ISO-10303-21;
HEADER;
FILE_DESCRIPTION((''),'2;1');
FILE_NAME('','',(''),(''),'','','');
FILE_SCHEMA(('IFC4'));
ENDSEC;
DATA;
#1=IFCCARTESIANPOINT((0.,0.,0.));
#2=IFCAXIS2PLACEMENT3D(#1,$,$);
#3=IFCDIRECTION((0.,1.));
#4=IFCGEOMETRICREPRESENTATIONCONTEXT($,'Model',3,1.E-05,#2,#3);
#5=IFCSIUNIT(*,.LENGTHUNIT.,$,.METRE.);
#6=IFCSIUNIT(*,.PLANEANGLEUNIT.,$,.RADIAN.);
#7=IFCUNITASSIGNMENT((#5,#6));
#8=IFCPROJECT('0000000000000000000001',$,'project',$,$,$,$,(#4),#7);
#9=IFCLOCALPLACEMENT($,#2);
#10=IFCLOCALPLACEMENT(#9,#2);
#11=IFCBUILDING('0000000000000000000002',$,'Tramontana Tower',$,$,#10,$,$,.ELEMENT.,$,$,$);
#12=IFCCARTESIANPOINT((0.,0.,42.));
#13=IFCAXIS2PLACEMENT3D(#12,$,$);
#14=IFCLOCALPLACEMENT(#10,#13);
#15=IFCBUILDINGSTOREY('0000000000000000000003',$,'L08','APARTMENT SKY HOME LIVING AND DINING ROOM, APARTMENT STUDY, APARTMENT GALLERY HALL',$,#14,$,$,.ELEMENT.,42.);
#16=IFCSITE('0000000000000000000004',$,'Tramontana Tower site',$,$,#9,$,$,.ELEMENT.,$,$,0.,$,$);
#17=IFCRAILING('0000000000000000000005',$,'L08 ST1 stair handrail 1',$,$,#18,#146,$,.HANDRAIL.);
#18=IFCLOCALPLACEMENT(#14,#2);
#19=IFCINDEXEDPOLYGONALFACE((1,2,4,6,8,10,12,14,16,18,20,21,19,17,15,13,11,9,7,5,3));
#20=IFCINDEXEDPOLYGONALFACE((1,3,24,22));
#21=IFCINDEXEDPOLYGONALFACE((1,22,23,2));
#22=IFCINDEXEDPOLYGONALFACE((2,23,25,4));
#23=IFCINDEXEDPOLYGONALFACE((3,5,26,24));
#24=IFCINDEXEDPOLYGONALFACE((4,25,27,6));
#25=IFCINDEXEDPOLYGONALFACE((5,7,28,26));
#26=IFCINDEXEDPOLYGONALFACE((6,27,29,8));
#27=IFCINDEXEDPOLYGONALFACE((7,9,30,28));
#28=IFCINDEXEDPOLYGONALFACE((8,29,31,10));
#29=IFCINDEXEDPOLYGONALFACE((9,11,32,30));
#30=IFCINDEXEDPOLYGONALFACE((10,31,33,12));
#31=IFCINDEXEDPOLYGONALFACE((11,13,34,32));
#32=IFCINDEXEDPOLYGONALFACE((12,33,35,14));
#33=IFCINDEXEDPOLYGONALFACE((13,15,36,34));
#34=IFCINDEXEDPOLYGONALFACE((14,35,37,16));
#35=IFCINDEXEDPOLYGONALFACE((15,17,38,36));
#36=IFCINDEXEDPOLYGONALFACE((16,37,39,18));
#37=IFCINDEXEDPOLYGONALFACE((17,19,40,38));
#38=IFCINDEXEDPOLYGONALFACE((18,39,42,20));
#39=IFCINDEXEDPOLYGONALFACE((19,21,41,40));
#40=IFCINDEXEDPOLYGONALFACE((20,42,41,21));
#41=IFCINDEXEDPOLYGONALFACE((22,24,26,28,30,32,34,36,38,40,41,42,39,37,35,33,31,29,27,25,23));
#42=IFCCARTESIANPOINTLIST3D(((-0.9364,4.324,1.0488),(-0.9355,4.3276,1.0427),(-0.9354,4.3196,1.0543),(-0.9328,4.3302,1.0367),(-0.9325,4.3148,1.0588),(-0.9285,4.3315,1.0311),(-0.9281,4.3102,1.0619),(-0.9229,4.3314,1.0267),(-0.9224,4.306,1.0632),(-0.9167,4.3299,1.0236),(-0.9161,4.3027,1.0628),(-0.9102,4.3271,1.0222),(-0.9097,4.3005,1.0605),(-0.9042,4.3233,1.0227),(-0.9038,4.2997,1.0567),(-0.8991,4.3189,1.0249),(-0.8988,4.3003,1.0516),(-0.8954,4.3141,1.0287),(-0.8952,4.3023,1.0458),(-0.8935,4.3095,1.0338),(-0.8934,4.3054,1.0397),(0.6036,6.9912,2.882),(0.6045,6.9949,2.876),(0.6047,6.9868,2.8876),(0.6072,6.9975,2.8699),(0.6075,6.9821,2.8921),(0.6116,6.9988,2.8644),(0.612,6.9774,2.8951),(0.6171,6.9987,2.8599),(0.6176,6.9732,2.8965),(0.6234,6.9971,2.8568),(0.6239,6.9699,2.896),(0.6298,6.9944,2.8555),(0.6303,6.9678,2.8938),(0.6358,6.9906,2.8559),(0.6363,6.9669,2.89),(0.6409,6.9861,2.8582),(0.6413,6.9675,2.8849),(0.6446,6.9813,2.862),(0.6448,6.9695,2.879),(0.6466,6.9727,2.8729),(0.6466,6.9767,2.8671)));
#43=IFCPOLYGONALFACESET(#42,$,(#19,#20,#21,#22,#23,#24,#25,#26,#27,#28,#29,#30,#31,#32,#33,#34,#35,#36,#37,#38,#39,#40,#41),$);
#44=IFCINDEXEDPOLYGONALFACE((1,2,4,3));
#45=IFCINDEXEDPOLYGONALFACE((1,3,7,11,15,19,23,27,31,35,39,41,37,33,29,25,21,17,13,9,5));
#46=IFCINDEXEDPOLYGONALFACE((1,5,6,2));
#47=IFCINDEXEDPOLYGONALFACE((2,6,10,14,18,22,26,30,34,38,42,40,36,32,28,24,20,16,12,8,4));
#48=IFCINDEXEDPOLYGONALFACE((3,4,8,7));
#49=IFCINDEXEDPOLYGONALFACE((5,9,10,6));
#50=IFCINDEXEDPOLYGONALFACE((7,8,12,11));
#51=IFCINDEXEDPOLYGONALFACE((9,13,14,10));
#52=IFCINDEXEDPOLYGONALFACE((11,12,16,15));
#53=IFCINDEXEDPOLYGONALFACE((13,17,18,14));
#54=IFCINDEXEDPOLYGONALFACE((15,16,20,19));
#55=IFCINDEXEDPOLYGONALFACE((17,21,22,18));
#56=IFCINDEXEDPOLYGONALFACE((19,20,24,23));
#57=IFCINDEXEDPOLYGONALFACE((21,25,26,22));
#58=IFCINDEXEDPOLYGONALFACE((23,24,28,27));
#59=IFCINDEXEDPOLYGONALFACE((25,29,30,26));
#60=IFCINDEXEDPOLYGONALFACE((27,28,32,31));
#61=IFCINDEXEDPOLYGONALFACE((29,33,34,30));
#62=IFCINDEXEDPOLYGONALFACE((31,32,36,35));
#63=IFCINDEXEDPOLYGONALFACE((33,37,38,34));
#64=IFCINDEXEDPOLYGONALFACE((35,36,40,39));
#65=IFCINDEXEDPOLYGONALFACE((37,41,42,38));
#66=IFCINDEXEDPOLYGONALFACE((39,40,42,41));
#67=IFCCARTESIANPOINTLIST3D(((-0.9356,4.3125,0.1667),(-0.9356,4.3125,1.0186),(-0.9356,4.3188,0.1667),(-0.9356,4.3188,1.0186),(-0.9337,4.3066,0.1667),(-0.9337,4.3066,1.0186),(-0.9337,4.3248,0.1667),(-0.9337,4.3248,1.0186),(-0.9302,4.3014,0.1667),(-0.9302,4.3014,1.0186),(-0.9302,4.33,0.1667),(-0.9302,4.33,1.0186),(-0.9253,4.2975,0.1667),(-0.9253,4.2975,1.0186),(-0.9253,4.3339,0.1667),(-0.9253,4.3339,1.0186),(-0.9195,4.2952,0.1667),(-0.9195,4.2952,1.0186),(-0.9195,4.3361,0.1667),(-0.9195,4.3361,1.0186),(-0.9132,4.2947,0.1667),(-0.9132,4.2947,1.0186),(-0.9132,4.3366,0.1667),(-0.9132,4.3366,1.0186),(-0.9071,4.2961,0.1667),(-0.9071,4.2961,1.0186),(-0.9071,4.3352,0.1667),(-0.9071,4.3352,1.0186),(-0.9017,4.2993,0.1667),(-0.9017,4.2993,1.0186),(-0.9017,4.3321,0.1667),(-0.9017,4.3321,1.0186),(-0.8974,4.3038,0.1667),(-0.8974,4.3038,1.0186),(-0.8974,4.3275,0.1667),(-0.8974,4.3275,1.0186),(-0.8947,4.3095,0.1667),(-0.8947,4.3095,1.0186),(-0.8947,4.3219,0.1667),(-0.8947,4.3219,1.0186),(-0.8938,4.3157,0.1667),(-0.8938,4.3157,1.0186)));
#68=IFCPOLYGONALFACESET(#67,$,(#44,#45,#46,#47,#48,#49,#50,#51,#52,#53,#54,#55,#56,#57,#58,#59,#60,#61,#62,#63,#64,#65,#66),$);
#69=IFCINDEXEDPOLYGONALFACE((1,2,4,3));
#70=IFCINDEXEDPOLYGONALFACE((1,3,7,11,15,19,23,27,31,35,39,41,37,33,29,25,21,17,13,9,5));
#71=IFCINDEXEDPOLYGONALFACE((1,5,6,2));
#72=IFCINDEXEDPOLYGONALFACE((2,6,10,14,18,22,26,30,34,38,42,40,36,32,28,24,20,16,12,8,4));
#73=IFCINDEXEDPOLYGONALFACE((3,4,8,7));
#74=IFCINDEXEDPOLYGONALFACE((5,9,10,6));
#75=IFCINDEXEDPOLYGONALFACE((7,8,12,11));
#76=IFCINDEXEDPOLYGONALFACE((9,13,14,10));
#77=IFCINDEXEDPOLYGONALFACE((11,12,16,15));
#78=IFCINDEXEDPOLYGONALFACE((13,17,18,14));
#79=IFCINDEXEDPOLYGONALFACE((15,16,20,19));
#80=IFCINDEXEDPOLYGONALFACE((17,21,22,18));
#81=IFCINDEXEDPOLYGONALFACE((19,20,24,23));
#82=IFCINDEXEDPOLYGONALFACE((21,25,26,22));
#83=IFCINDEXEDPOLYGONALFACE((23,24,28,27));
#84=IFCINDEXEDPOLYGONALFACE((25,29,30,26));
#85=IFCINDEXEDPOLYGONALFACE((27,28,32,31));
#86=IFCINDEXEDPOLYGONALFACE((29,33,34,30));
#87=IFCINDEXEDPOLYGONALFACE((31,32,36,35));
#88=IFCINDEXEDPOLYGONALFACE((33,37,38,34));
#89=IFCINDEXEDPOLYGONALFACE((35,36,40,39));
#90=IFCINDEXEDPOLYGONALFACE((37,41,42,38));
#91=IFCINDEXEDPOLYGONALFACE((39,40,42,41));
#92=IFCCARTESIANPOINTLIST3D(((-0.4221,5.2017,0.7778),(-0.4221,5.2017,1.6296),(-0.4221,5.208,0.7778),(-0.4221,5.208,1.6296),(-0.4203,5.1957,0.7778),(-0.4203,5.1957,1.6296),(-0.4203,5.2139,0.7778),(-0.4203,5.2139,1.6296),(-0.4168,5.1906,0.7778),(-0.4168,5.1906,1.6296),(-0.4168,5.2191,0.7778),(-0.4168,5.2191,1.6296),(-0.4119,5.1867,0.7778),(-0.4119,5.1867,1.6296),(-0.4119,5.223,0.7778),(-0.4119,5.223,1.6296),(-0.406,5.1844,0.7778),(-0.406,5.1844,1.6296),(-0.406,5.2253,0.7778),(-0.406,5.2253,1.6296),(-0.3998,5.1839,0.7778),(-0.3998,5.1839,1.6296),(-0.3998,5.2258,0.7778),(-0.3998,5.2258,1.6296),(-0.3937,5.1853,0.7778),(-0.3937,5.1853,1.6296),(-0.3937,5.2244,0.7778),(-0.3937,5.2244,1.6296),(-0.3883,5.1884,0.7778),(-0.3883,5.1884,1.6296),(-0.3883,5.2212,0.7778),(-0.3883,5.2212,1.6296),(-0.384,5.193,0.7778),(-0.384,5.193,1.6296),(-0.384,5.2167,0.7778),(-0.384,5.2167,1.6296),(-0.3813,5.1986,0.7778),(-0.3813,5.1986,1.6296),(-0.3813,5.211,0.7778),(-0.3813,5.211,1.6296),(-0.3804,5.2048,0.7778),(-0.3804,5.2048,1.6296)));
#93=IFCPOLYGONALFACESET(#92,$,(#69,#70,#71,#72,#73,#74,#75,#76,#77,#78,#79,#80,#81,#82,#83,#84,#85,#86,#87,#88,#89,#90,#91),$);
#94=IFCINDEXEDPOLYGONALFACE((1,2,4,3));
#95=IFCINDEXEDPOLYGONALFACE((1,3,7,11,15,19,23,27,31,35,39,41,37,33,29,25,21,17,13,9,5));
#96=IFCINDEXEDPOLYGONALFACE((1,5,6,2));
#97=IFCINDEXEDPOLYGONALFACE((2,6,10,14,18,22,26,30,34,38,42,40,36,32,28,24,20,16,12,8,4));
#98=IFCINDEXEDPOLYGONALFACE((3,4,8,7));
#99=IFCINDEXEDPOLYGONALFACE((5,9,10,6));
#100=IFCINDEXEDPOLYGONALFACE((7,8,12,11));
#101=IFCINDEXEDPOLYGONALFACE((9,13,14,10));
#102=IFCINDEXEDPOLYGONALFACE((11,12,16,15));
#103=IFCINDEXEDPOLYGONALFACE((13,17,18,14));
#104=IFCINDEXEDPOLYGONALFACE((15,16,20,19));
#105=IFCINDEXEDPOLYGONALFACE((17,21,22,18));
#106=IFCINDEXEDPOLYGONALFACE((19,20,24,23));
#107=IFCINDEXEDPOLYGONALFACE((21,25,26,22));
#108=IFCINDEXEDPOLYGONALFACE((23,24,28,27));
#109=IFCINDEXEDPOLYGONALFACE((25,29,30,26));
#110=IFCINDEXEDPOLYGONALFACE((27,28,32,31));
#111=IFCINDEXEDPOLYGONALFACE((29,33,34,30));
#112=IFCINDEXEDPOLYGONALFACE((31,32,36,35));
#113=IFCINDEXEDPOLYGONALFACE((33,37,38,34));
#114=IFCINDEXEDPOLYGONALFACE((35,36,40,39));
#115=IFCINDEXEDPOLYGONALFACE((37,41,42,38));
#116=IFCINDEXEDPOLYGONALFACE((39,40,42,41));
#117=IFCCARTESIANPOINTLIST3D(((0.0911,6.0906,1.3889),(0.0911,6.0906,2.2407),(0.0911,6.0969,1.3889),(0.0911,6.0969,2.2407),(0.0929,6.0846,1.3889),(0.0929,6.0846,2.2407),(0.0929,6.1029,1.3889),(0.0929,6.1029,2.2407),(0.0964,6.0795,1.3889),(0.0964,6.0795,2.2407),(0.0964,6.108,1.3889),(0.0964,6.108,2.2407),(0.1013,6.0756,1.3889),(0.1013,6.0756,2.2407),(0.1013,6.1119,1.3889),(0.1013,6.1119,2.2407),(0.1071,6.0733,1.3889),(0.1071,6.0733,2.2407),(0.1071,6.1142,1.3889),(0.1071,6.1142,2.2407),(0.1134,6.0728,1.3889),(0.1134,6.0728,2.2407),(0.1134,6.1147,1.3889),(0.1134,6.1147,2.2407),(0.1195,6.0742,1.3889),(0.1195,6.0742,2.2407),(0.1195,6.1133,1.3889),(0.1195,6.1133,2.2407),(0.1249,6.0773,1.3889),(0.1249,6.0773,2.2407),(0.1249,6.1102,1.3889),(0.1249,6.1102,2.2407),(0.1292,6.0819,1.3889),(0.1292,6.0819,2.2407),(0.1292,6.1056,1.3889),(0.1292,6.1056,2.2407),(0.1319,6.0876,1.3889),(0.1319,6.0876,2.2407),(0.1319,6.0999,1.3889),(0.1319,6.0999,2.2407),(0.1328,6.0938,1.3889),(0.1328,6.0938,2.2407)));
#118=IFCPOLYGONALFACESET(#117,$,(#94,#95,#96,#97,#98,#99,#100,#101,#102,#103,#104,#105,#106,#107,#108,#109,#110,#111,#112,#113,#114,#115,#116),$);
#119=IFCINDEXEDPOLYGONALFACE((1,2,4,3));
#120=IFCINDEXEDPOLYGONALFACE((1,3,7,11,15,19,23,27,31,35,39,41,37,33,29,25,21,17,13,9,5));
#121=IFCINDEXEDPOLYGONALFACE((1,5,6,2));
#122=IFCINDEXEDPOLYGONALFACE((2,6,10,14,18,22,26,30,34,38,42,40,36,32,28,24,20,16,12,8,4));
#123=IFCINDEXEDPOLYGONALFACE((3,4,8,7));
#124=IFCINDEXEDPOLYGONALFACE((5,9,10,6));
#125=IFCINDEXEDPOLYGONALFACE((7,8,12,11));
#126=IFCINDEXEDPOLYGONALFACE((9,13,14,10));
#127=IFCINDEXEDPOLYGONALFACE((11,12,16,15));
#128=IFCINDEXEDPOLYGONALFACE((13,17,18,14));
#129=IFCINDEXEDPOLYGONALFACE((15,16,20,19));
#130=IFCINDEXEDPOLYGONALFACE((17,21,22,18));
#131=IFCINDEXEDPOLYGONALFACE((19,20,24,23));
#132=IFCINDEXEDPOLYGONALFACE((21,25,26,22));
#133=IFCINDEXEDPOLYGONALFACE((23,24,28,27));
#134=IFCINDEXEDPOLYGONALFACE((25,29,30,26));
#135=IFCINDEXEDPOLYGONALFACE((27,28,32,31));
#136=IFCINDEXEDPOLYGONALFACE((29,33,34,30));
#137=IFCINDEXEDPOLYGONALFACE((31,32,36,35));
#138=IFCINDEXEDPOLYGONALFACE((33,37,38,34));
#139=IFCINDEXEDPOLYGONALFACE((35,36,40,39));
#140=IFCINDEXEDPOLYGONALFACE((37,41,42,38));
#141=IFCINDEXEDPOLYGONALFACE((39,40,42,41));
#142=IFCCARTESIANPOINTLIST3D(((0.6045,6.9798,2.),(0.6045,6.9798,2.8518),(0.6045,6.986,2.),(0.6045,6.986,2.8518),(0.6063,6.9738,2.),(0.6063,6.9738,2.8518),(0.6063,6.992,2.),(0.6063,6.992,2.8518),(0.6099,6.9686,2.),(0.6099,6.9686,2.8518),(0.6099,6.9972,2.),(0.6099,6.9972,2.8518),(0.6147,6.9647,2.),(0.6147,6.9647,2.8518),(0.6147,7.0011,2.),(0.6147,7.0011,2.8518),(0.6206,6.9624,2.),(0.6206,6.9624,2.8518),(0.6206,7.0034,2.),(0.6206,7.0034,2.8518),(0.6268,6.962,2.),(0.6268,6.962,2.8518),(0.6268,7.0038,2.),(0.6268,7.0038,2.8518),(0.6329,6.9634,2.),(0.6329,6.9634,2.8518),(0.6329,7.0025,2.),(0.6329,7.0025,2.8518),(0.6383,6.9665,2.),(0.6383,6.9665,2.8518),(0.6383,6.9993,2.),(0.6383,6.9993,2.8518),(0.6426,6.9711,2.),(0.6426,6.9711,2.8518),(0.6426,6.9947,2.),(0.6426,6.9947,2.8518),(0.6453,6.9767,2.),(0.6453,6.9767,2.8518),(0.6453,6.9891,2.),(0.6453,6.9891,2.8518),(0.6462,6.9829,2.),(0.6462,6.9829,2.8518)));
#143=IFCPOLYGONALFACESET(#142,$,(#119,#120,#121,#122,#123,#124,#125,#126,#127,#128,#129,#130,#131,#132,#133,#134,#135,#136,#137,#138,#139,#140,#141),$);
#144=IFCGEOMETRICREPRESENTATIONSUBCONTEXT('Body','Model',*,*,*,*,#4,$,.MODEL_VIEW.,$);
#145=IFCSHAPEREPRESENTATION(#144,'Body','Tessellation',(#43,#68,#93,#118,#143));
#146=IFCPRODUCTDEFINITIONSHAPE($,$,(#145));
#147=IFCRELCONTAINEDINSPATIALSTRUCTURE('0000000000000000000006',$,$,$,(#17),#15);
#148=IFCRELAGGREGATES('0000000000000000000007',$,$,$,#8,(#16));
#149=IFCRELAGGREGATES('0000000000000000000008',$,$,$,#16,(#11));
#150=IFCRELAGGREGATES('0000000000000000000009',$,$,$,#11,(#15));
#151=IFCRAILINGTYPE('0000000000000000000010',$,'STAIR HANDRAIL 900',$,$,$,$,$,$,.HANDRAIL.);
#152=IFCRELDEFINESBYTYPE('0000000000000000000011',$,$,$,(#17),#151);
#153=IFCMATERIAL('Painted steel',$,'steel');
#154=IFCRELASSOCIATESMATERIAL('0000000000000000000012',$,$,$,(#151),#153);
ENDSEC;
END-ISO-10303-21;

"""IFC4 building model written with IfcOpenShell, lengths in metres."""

from ifc_helpers import new_model, si_unit, direction, frame, origin, origin_2d, place, context, subcontext, project, spatial, circle, extrude, material, type_object, element, save


model = new_model("IFC4")

# Units and contexts
model_context = context("Model", 3, precision=1e-05, world=origin(), true_north=direction((0.0, 1.0)))
body_context = subcontext(model_context, "Body", "Model", "MODEL_VIEW")
ifc_project = project(units=[si_unit("LENGTHUNIT", "METRE"), si_unit("PLANEANGLEUNIT", "RADIAN")], contexts=[model_context])

# Site, building, storey
site_placement = place(None, origin())
site = spatial("IfcSite", under=ifc_project, at=site_placement, Name="Tramontana Tower site", CompositionType="ELEMENT", RefElevation=0.0)
building_placement = place(site_placement, origin())
building = spatial("IfcBuilding", under=site, at=building_placement, Name="Tramontana Tower", CompositionType="ELEMENT")
storey_placement = place(building_placement, frame((0.0, 0.0, 42.0)))
storey = spatial("IfcBuildingStorey", under=building, at=storey_placement, Name="L08", Description="APARTMENT SKY HOME LIVING AND DINING ROOM, APARTMENT STUDY, APARTMENT GALLERY HALL", CompositionType="ELEMENT", Elevation=42.0)

# Railing
ifc_material_1 = material(Name="Painted steel", Category="steel")
railing_type_1 = type_object("IfcRailingType", Name="STAIR HANDRAIL 900", PredefinedType="HANDRAIL", material=ifc_material_1)
railing_1_placement = place(storey_placement, frame((-0.9148, 4.3157, 0.1667)))
element("IfcRailing", 1, at=railing_1_placement, inside=storey, type_object=railing_type_1, Name="L08 ST1 stair handrail 1", PredefinedType="HANDRAIL", context=body_context, shape_type="SweptSolid", body=[
    extrude(circle(Radius=0.0239, at=origin_2d()), frame((0.0, 0.0, 0.876), z_axis=(0.429671, 0.744159, 0.511478), x_axis=(-0.86601, 0.500027, 0.0)), (0.0, 0.0, 1.0), 3.5842),
    extrude(circle(Radius=0.021, at=origin_2d()), origin(), (0.0, 0.0, 1.0), 0.8518),
    extrude(circle(Radius=0.021, at=origin_2d()), frame((0.5134, 0.8892, 0.6111)), (0.0, 0.0, 1.0), 0.8518),
    extrude(circle(Radius=0.021, at=origin_2d()), frame((1.0266, 1.7781, 1.2222)), (0.0, 0.0, 1.0), 0.8518),
    extrude(circle(Radius=0.021, at=origin_2d()), frame((1.54, 2.6672, 1.8333)), (0.0, 0.0, 1.0), 0.8518),
])

save(model, "model.ifc")
